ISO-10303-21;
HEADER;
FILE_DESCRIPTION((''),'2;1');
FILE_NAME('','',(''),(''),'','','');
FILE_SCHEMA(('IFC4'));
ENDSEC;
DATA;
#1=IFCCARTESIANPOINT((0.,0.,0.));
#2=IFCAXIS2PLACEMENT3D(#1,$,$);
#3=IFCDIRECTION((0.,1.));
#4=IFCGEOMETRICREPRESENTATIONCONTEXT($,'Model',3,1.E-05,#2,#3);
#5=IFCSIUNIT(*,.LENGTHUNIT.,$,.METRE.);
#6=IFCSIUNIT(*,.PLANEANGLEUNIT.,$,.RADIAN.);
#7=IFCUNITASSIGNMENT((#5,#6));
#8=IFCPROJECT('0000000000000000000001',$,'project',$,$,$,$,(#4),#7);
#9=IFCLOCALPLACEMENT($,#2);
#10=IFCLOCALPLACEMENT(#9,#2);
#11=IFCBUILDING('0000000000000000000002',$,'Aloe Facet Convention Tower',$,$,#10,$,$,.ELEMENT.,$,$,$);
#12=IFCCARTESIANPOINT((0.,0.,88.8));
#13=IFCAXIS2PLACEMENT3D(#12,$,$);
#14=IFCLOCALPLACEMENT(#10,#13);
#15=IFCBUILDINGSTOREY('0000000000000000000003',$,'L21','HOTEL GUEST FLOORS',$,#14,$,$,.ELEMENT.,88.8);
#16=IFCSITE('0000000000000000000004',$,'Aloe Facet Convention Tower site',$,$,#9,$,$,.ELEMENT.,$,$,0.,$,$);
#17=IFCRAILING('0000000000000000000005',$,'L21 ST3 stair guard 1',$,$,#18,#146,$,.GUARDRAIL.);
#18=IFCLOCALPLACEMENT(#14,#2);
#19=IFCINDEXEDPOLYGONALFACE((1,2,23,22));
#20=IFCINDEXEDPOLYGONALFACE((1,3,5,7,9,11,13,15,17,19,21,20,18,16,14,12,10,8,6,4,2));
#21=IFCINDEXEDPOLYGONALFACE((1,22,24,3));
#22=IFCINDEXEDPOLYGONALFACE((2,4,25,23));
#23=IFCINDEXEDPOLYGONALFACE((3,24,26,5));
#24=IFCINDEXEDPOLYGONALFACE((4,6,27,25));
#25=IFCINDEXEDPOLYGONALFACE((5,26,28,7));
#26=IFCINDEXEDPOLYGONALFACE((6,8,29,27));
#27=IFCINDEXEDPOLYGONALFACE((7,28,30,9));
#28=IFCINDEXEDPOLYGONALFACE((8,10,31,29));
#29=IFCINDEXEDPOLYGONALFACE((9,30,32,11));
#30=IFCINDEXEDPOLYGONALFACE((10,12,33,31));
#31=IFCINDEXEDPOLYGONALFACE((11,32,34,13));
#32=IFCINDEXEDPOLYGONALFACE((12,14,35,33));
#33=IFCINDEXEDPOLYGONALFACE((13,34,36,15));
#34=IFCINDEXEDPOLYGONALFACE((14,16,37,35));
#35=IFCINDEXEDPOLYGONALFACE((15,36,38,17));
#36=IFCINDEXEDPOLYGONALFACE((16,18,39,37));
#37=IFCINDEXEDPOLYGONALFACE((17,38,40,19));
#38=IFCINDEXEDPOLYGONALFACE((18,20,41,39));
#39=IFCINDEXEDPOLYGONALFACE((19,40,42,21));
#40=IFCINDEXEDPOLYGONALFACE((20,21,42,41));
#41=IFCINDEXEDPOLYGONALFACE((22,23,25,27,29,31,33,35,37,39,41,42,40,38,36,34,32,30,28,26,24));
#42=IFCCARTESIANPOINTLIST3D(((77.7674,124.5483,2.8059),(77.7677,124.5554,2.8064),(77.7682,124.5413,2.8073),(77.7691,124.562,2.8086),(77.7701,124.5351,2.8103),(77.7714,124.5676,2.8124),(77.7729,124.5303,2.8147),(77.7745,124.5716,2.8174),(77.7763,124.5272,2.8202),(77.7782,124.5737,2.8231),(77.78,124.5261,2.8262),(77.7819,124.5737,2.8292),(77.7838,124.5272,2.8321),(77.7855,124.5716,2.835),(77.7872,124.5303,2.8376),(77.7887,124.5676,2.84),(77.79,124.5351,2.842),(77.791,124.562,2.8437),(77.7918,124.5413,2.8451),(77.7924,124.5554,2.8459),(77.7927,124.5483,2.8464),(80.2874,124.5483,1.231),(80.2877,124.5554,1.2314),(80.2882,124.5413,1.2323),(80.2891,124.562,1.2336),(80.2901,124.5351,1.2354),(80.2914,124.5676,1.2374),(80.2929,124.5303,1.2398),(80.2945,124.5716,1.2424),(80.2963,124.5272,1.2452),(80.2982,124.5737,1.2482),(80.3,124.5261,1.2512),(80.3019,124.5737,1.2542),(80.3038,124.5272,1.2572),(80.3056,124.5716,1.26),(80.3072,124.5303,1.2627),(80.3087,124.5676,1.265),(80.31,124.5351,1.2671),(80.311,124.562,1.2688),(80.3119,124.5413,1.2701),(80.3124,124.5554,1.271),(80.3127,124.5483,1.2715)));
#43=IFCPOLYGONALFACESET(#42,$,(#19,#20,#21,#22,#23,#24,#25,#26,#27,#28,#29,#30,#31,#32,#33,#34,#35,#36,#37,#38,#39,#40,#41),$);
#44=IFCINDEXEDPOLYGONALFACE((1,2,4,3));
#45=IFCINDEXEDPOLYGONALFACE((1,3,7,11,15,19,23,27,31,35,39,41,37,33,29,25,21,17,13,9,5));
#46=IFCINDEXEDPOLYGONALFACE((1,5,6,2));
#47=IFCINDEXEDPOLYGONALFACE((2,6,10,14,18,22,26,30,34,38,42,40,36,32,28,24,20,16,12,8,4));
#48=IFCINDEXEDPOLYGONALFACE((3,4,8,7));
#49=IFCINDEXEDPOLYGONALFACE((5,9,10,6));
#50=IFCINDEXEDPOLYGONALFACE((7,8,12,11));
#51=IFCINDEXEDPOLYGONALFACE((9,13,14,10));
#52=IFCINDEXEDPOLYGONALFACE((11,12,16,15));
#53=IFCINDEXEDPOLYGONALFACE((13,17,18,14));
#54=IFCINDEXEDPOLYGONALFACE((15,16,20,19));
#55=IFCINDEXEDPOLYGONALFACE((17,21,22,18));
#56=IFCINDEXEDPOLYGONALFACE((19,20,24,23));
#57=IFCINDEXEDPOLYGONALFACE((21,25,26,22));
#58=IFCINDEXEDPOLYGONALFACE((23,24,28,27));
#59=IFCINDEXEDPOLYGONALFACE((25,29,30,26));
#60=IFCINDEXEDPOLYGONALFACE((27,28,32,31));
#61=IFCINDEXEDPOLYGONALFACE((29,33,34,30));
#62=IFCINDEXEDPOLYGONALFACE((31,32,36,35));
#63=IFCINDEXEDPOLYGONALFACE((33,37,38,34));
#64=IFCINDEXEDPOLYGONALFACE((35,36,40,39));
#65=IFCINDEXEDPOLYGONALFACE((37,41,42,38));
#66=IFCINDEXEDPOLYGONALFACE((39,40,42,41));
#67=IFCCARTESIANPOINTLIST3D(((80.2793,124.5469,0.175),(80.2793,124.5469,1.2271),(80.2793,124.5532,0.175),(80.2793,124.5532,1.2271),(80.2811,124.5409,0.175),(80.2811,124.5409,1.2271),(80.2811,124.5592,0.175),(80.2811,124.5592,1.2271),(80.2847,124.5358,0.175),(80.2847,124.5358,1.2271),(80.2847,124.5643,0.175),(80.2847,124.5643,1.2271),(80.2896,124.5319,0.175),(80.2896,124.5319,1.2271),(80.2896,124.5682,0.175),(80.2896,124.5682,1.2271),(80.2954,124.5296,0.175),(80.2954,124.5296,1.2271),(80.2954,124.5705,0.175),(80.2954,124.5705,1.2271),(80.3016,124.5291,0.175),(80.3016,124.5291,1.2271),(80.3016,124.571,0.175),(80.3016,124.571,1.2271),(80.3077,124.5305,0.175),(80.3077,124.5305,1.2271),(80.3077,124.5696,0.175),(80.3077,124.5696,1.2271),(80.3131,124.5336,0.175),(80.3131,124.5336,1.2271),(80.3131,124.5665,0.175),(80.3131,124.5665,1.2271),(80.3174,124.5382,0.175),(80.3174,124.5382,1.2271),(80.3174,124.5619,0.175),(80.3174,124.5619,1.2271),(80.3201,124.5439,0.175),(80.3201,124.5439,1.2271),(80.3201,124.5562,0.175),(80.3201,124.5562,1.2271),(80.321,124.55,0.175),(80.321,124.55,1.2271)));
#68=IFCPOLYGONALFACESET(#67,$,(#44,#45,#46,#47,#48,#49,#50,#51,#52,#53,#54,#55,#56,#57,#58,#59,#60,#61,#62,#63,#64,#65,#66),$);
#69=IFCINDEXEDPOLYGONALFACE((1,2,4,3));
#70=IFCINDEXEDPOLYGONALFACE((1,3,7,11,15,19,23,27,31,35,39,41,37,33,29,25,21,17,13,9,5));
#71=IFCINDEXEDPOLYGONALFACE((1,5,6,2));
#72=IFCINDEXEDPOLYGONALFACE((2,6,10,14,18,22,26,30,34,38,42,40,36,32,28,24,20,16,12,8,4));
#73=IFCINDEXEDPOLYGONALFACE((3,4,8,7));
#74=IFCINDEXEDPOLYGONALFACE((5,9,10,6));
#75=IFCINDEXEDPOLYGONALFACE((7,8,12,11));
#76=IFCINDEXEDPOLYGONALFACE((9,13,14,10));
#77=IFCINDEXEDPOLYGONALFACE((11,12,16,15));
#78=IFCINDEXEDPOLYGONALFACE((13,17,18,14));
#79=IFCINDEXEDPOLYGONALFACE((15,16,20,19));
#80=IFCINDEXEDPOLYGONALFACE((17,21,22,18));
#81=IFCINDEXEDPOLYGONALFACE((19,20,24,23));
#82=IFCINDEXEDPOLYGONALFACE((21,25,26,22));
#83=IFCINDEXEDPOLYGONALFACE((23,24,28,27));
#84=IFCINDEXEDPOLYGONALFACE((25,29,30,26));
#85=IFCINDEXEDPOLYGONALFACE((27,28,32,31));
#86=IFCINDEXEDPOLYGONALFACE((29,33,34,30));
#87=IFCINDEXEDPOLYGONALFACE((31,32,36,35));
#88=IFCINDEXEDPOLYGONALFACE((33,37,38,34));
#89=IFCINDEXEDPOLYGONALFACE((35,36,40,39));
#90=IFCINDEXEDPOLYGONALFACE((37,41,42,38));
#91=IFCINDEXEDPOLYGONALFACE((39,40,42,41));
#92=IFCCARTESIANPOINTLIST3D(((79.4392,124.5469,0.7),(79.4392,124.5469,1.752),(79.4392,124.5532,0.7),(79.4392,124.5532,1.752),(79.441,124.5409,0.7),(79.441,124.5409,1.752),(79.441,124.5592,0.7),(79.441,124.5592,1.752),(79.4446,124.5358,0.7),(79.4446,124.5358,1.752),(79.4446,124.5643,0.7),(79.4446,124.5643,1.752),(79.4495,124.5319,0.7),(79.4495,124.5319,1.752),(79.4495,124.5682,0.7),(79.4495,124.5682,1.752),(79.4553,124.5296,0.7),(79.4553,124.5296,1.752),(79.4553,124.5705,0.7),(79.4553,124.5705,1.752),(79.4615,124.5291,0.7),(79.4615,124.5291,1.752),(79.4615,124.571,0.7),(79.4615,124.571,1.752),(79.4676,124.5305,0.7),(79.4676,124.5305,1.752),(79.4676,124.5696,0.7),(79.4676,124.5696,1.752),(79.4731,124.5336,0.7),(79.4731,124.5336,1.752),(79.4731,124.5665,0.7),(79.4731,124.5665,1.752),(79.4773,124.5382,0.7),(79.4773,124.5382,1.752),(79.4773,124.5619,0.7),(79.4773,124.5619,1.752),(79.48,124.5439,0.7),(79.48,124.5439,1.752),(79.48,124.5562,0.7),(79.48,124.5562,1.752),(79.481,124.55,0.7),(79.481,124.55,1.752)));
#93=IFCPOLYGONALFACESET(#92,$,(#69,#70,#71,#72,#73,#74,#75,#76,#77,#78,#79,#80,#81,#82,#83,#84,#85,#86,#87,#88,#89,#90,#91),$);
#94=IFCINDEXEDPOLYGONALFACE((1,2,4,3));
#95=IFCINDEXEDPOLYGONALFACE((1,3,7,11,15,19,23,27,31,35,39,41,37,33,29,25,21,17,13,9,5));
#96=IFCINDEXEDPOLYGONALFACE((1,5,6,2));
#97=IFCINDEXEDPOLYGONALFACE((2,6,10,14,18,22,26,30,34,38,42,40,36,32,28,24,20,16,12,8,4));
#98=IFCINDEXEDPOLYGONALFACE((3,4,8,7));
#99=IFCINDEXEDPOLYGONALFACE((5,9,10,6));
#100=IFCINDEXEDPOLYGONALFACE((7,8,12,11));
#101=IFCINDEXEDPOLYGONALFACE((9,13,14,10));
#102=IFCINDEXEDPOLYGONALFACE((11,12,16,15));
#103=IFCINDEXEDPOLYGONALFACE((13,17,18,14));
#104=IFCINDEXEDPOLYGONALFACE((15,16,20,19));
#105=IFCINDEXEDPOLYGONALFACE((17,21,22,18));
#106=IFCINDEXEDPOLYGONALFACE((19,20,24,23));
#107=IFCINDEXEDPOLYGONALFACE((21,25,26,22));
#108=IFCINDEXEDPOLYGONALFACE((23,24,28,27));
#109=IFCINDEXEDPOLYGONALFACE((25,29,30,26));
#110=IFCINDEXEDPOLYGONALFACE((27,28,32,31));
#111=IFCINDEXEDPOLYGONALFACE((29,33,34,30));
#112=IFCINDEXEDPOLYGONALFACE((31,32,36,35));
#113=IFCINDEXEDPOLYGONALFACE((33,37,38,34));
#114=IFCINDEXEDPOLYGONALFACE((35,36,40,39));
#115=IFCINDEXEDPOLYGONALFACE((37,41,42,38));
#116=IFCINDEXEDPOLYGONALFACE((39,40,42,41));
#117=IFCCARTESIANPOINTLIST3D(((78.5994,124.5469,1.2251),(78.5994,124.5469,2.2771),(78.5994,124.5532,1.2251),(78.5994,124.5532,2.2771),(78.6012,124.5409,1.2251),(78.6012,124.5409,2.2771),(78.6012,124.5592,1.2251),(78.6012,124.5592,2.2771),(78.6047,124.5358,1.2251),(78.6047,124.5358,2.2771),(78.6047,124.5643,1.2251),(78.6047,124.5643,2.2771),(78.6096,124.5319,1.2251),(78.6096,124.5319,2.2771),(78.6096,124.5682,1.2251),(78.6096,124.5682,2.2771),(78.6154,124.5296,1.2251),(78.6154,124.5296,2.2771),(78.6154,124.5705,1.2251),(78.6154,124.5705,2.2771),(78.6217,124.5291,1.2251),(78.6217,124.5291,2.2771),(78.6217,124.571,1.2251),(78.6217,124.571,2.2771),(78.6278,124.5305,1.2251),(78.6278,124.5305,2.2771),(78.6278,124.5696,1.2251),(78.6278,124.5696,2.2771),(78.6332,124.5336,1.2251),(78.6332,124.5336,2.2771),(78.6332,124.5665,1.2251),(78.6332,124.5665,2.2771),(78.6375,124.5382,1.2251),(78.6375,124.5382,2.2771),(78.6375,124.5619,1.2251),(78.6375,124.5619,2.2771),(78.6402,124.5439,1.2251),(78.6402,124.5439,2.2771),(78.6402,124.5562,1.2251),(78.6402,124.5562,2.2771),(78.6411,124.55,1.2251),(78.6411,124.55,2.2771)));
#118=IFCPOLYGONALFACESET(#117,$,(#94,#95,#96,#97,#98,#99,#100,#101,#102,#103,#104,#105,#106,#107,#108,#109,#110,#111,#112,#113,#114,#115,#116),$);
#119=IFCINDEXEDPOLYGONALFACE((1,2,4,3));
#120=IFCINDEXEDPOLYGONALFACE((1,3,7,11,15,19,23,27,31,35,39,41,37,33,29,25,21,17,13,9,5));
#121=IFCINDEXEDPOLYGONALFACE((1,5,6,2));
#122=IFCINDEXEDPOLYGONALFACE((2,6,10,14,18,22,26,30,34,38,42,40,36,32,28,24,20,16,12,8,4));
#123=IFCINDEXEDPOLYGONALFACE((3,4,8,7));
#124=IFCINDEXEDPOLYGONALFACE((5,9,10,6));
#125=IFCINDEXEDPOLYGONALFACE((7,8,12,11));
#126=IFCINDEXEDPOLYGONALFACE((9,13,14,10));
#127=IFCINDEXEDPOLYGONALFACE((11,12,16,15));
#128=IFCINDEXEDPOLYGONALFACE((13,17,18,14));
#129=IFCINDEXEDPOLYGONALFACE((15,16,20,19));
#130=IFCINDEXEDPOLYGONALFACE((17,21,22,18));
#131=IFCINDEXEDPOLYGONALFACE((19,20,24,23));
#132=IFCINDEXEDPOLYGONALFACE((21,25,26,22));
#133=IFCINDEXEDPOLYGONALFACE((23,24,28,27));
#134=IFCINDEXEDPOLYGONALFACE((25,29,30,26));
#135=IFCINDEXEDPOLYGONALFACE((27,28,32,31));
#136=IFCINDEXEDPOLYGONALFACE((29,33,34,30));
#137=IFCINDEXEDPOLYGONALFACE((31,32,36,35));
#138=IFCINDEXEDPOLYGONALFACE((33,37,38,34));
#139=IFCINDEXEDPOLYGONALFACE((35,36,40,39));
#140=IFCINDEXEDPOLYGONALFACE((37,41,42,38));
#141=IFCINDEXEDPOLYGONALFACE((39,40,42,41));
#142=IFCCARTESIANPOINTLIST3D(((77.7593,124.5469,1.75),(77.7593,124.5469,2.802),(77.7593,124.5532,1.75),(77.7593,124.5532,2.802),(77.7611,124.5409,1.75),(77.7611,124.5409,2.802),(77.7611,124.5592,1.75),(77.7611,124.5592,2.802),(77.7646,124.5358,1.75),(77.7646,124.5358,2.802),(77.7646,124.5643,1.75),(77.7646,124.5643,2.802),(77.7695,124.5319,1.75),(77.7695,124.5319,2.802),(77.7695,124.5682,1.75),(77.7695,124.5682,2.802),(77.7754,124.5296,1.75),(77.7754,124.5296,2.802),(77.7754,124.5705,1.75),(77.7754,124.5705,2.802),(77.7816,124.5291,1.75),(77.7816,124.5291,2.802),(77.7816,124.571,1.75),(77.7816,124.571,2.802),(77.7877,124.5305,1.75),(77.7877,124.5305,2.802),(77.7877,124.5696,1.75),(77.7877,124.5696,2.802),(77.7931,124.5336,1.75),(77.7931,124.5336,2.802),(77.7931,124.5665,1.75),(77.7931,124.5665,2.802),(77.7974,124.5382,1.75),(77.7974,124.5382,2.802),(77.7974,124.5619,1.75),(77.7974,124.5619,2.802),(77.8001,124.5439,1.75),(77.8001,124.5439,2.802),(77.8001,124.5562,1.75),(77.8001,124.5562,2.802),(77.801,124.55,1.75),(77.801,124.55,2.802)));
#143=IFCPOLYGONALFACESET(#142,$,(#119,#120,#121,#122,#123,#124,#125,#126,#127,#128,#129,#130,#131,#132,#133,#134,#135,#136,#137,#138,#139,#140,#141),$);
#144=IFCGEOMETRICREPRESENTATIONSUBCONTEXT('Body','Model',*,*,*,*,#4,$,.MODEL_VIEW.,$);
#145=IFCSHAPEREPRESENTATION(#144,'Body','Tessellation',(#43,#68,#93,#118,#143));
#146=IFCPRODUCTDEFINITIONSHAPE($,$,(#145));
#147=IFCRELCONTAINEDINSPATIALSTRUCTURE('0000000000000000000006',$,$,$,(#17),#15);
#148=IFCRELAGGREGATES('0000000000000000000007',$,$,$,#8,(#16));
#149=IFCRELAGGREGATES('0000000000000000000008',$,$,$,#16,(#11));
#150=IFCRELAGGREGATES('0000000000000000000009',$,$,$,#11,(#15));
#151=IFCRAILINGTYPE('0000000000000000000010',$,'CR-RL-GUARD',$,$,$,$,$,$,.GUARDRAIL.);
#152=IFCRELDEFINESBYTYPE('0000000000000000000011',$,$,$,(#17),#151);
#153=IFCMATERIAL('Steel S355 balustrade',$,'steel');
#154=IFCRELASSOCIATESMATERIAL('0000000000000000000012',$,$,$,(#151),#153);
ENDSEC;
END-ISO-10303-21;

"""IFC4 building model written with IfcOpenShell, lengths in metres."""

from ifc_helpers import new_model, si_unit, direction, frame, origin, origin_2d, place, context, subcontext, project, spatial, circle, extrude, material, type_object, element, save


model = new_model("IFC4")

# Units and contexts
model_context = context("Model", 3, precision=1e-05, world=origin(), true_north=direction((0.0, 1.0)))
body_context = subcontext(model_context, "Body", "Model", "MODEL_VIEW")
ifc_project = project(units=[si_unit("LENGTHUNIT", "METRE"), si_unit("PLANEANGLEUNIT", "RADIAN")], contexts=[model_context])

# Site, building, storey
site_placement = place(None, origin())
site = spatial("IfcSite", under=ifc_project, at=site_placement, Name="Aloe Facet Convention Tower site", CompositionType="ELEMENT", RefElevation=0.0)
building_placement = place(site_placement, origin())
building = spatial("IfcBuilding", under=site, at=building_placement, Name="Aloe Facet Convention Tower", CompositionType="ELEMENT")
storey_placement = place(building_placement, frame((0.0, 0.0, 88.8)))
storey = spatial("IfcBuildingStorey", under=building, at=storey_placement, Name="L21", Description="HOTEL GUEST FLOORS", CompositionType="ELEMENT", Elevation=88.8)

# Railing
ifc_material_1 = material(Name="Steel S355 balustrade", Category="steel")
railing_type_1 = type_object("IfcRailingType", Name="CR-RL-GUARD", PredefinedType="GUARDRAIL", material=ifc_material_1)
railing_1_placement = place(storey_placement, frame((80.3, 124.55, 0.175)))
element("IfcRailing", 1, at=railing_1_placement, inside=storey, type_object=railing_type_1, Name="L21 ST3 stair guard 1", PredefinedType="GUARDRAIL", context=body_context, shape_type="SweptSolid", body=[
    extrude(circle(Radius=0.0239, at=origin_2d()), frame((0.0, 0.0, 1.0762), z_axis=(-0.848008, 0.0, 0.529984), x_axis=(0.0, -1.0, 0.0)), (0.0, 0.0, 1.0), 2.9717),
    extrude(circle(Radius=0.021, at=origin_2d()), origin(), (0.0, 0.0, 1.0), 1.052),
    extrude(circle(Radius=0.021, at=origin_2d()), frame((-0.8401, 0.0, 0.5249)), (0.0, 0.0, 1.0), 1.052),
    extrude(circle(Radius=0.021, at=origin_2d()), frame((-1.6799, 0.0, 1.05)), (0.0, 0.0, 1.0), 1.052),
    extrude(circle(Radius=0.021, at=origin_2d()), frame((-2.52, 0.0, 1.575)), (0.0, 0.0, 1.0), 1.052),
])

save(model, "model.ifc")
